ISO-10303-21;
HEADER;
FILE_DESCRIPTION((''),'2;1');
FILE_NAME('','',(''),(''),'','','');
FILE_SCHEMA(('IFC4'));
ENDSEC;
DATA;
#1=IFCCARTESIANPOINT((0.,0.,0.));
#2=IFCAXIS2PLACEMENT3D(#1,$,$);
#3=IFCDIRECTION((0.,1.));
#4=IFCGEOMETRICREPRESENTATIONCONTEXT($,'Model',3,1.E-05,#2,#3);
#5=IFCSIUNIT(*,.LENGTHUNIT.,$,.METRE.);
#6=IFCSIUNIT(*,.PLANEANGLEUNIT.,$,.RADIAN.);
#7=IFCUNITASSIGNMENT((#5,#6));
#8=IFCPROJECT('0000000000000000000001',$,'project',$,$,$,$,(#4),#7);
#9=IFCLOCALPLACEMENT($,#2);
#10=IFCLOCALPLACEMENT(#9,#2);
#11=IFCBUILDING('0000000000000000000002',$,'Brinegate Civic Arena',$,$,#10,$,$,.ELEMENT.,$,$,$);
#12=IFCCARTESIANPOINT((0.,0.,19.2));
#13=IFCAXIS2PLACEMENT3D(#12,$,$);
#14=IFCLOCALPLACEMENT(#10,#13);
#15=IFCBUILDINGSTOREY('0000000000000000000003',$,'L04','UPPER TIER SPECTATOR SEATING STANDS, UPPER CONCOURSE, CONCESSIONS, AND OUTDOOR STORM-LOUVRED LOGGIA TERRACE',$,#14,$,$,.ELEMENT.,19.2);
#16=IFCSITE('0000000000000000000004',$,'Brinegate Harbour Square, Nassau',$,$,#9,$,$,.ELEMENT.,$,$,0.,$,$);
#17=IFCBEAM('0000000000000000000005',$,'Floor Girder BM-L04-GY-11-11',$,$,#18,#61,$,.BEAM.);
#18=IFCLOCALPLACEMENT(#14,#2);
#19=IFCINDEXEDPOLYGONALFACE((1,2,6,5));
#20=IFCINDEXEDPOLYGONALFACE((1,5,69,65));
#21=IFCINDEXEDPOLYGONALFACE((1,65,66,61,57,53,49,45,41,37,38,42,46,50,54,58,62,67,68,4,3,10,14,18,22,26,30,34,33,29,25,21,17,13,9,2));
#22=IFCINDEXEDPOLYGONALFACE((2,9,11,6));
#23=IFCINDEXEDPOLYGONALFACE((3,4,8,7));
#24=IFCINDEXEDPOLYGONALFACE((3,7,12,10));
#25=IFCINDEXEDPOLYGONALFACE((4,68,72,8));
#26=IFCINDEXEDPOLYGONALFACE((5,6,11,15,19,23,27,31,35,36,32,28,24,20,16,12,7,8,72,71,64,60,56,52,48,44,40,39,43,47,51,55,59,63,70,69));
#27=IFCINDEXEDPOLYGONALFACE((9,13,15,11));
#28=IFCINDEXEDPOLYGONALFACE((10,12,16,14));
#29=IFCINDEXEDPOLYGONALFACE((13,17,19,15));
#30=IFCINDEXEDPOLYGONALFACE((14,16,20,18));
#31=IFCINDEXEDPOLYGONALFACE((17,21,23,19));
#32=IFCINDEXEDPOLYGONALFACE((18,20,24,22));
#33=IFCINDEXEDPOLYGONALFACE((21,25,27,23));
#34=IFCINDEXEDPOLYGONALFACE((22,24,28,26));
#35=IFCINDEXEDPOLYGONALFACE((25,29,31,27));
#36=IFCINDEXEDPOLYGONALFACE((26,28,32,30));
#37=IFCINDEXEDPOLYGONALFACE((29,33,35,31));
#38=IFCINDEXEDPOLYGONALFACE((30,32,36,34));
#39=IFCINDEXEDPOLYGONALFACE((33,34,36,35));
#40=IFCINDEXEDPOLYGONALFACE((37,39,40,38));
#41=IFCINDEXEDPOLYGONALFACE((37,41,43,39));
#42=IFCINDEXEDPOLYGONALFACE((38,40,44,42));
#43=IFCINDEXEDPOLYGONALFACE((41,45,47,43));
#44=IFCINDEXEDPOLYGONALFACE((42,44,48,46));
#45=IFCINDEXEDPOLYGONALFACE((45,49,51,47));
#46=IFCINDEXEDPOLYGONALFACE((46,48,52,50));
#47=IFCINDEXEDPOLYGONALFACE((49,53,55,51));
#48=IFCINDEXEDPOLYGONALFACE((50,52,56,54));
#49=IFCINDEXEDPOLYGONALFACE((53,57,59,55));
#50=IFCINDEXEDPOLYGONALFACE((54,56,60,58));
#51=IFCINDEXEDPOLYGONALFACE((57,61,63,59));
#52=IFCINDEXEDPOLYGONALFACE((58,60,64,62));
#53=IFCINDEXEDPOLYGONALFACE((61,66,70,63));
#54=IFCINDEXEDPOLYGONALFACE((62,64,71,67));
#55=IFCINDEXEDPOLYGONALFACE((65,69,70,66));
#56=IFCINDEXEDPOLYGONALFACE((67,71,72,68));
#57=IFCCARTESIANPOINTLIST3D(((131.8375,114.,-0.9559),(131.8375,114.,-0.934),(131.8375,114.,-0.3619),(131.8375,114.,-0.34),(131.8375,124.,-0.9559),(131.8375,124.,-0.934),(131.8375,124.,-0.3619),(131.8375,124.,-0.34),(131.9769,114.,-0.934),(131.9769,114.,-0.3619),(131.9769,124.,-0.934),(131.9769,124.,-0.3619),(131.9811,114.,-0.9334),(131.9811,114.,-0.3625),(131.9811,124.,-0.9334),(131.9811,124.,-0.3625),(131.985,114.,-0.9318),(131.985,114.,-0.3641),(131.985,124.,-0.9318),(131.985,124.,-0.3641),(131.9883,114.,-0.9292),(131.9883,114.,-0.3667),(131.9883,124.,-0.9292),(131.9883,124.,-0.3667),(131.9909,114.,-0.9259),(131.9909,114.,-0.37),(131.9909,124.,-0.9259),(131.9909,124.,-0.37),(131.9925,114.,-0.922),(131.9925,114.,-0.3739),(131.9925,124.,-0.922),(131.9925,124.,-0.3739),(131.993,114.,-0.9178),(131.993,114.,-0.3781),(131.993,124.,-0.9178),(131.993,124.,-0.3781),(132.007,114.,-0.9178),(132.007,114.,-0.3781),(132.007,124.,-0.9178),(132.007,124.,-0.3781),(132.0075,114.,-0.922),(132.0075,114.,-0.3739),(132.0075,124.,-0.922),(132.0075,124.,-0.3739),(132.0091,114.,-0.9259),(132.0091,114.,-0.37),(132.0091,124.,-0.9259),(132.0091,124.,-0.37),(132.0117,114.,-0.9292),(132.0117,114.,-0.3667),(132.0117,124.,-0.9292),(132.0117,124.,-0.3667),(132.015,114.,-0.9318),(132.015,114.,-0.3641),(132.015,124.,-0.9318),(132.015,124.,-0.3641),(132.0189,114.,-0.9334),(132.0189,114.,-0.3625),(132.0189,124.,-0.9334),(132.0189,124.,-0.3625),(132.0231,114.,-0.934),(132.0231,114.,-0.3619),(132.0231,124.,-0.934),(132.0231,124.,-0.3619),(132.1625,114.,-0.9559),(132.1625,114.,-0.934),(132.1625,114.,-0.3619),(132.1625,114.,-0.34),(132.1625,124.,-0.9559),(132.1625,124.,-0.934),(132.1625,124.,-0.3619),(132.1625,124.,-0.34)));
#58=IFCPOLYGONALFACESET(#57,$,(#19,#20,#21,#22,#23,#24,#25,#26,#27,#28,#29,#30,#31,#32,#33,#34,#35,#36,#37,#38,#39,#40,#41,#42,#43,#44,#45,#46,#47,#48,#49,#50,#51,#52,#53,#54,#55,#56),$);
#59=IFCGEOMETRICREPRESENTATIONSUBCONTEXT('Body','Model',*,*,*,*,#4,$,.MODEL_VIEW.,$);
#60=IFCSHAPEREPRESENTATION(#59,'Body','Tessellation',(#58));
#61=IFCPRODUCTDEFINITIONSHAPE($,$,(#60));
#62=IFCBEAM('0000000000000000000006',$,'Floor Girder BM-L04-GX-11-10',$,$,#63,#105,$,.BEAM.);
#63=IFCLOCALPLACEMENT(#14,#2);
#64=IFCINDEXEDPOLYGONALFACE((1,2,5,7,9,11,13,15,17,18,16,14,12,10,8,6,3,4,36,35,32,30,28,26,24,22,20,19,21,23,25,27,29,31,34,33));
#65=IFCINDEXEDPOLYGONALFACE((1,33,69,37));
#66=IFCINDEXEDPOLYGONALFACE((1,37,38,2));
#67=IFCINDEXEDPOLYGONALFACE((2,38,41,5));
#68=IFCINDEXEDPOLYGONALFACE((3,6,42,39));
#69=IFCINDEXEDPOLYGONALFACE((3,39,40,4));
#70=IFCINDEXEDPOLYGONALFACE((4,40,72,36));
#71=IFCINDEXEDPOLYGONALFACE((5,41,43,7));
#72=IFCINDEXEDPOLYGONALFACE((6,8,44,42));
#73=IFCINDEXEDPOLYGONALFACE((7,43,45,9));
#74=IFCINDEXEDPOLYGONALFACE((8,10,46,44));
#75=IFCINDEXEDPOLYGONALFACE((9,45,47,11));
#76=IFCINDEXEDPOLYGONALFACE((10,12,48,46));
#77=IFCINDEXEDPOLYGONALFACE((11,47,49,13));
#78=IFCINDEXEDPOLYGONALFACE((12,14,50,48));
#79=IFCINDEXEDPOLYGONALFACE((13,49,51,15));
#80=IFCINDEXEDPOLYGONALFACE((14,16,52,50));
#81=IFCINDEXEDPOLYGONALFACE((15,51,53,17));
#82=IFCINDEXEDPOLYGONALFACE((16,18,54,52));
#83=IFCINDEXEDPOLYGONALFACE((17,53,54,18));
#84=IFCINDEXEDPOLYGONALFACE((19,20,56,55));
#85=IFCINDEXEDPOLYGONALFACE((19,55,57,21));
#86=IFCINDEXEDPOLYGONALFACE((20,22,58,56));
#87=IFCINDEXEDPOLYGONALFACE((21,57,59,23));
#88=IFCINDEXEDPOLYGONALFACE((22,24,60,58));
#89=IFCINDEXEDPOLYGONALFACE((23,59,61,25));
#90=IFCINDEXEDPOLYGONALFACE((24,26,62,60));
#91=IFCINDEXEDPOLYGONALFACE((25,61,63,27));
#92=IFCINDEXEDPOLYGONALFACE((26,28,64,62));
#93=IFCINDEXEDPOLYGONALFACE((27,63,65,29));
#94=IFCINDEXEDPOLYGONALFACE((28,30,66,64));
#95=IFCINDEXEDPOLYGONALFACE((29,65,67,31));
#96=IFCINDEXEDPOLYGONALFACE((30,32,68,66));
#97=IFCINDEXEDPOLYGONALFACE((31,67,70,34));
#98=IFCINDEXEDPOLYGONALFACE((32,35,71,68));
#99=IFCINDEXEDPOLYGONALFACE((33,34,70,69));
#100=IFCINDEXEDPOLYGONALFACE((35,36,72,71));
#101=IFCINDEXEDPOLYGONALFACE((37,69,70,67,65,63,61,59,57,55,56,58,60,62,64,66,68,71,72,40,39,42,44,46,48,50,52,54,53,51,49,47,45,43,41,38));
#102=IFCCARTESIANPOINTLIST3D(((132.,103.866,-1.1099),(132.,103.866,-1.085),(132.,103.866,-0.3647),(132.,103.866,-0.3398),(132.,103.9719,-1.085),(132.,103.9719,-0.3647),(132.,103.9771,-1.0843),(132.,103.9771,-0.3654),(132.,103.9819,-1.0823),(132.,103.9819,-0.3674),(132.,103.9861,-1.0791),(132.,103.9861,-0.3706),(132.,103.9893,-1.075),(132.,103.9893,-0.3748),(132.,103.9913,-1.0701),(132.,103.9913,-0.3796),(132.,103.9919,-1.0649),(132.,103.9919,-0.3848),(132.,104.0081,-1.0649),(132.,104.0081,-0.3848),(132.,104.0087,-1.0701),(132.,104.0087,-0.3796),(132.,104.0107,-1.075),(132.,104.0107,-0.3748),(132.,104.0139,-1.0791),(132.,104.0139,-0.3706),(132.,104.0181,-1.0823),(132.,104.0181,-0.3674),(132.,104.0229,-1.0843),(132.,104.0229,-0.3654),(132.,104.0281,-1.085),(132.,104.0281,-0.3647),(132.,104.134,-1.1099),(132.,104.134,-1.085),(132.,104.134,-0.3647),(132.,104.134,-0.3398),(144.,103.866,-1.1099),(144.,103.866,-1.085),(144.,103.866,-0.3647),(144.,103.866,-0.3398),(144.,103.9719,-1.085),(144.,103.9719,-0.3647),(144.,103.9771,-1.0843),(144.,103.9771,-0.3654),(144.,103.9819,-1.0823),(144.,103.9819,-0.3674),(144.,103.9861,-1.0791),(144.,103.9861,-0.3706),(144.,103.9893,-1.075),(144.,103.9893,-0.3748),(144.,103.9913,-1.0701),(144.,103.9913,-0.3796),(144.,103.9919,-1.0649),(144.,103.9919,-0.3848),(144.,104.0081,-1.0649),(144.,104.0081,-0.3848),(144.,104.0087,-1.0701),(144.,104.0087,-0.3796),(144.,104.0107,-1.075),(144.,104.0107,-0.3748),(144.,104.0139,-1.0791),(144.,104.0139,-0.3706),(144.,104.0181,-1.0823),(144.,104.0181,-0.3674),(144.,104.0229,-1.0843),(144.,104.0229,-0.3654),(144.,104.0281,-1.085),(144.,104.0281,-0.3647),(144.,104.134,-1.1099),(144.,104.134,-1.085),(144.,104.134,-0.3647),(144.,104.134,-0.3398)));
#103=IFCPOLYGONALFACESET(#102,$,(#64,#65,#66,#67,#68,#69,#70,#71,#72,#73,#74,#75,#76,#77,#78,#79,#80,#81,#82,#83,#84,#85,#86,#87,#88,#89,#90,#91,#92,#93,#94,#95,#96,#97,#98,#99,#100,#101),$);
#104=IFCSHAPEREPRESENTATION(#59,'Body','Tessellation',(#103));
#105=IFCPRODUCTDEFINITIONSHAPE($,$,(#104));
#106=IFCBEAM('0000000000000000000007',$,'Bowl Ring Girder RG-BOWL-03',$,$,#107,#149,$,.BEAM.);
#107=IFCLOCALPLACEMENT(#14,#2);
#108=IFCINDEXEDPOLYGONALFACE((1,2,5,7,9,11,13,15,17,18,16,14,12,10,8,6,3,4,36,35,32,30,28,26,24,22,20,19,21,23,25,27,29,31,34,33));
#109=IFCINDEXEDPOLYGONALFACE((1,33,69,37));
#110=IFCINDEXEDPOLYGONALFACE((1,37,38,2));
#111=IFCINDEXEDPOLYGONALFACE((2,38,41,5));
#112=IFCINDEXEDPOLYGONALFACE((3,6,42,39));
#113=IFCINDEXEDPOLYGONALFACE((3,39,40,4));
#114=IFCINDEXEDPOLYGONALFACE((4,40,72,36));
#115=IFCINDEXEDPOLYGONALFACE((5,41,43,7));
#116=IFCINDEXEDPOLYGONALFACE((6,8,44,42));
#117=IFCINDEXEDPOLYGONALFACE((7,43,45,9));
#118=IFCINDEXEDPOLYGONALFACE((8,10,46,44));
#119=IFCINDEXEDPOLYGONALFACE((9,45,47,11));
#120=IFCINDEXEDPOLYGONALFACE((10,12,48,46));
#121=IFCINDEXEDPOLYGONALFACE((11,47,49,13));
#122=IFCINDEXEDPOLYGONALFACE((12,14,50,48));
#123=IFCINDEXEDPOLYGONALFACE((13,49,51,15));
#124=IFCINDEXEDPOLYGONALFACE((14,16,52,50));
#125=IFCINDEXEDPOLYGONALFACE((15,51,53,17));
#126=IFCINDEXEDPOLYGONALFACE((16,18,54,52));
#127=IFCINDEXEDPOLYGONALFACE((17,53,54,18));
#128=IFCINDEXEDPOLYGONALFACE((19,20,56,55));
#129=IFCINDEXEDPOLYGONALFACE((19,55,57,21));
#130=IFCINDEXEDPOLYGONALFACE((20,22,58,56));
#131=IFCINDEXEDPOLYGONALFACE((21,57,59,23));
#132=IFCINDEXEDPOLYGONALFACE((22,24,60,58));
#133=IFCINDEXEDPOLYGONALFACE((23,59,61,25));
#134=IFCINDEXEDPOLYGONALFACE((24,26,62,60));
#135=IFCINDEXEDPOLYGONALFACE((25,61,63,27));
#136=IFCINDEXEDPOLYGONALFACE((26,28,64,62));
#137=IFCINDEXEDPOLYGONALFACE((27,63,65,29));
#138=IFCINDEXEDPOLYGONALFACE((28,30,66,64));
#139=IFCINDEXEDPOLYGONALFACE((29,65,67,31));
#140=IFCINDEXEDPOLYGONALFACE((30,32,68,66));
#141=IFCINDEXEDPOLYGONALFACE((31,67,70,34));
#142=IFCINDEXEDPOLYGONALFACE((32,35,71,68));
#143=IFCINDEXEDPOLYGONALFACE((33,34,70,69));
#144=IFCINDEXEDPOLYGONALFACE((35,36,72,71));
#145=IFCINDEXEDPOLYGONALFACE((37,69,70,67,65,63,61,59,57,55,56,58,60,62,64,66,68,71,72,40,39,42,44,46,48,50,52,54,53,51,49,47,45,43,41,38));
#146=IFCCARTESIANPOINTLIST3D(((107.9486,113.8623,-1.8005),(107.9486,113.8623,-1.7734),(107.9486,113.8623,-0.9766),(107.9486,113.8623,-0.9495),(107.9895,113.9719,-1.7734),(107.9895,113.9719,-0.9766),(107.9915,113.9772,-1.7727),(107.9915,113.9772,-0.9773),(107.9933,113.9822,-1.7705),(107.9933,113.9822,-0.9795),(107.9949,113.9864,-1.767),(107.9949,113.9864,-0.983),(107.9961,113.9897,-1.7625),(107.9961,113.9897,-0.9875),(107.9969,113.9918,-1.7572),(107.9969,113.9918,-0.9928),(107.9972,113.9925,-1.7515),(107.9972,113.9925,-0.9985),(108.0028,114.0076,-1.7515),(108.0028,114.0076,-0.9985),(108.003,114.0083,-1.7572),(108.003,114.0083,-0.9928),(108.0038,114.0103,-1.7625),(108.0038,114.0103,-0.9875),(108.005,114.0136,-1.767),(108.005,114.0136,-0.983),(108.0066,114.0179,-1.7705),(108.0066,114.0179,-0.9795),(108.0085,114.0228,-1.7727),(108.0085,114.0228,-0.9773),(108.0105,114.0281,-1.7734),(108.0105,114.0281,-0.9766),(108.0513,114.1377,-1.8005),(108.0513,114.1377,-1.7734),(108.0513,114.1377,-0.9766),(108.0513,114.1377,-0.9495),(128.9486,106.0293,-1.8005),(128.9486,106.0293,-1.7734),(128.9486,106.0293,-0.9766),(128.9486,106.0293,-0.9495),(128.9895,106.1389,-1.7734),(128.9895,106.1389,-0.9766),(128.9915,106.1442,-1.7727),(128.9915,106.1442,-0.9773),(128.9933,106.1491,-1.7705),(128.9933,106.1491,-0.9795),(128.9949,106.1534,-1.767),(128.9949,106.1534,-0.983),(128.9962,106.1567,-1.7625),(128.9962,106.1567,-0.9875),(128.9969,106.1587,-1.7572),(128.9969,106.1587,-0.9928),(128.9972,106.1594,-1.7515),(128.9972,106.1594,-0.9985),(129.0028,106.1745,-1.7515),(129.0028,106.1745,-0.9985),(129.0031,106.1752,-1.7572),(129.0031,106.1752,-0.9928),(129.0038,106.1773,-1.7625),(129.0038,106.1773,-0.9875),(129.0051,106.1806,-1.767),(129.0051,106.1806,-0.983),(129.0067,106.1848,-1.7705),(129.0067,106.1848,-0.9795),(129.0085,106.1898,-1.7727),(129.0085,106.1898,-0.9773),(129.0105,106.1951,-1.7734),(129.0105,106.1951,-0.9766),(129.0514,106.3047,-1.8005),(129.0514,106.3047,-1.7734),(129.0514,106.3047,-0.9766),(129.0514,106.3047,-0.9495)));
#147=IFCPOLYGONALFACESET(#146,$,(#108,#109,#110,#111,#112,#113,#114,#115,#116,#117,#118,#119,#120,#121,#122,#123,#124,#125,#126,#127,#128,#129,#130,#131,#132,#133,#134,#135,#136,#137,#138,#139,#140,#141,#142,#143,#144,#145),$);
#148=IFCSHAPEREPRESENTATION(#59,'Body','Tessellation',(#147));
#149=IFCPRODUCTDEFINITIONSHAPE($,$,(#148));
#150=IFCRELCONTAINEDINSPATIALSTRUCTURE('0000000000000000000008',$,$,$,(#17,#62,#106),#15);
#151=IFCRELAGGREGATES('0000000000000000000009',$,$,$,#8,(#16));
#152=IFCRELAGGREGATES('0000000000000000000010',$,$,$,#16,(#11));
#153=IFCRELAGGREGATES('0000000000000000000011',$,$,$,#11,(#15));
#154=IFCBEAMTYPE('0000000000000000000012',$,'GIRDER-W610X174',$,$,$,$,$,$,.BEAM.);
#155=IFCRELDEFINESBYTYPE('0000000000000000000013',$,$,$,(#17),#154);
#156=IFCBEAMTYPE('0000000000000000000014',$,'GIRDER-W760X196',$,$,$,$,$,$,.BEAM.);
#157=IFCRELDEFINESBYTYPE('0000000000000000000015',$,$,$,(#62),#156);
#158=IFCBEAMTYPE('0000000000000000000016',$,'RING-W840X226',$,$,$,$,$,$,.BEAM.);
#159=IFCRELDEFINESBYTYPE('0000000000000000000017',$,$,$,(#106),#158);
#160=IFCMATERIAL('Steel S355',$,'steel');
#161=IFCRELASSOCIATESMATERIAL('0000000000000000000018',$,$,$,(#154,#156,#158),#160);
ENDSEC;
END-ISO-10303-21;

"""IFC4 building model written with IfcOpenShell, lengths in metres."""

from ifc_helpers import new_model, si_unit, direction, frame, origin, origin_2d, place, context, subcontext, project, spatial, i_section, extrude, material, material_profile, profile_set, type_object, element, save


model = new_model("IFC4")

# Units and contexts
model_context = context("Model", 3, precision=1e-05, world=origin(), true_north=direction((0.0, 1.0)))
body_context = subcontext(model_context, "Body", "Model", "MODEL_VIEW")
ifc_project = project(units=[si_unit("LENGTHUNIT", "METRE"), si_unit("PLANEANGLEUNIT", "RADIAN")], contexts=[model_context])

# Site, building, storey
site_placement = place(None, origin())
site = spatial("IfcSite", under=ifc_project, at=site_placement, Name="Brinegate Harbour Square, Nassau", CompositionType="ELEMENT", RefElevation=0.0)
building_placement = place(site_placement, origin())
building = spatial("IfcBuilding", under=site, at=building_placement, Name="Brinegate Civic Arena", CompositionType="ELEMENT")
storey_placement = place(building_placement, frame((0.0, 0.0, 19.2)))
storey = spatial("IfcBuildingStorey", under=building, at=storey_placement, Name="L04", Description="UPPER TIER SPECTATOR SEATING STANDS, UPPER CONCOURSE, CONCESSIONS, AND OUTDOOR STORM-LOUVRED LOGGIA TERRACE", CompositionType="ELEMENT", Elevation=19.2)

# Beams
ifc_material_1 = material(Name="Steel S355", Category="steel")
ifc_material_profile_1 = material_profile(ifc_material_1, i_section(OverallWidth=0.325, OverallDepth=0.616, WebThickness=0.0139, FlangeThickness=0.022, FilletRadius=0.0161, at=origin_2d()), Name="W610X174")
ifc_profile_set_1 = profile_set([ifc_material_profile_1], Name="Steel S355")
beam_type_1 = type_object("IfcBeamType", Name="GIRDER-W610X174", PredefinedType="BEAM", material=ifc_profile_set_1)
beam_1_placement = place(storey_placement, frame((132.0, 114.0, -0.6479), z_axis=(0.0, 1.0, 0.0), x_axis=(-1.0, 0.0, 0.0)))
element("IfcBeam", 1, at=beam_1_placement, inside=storey, type_object=beam_type_1, Name="Floor Girder BM-L04-GY-11-11", PredefinedType="BEAM", context=body_context, shape_type="SweptSolid", body=[
    extrude(i_section(OverallWidth=0.325, OverallDepth=0.616, WebThickness=0.0139, FlangeThickness=0.022, FilletRadius=0.0161, at=origin_2d()), origin(), (0.0, 0.0, 1.0), 10.0),
])
ifc_material_profile_2 = material_profile(ifc_material_1, i_section(OverallWidth=0.2681, OverallDepth=0.77, WebThickness=0.0161, FlangeThickness=0.0249, FilletRadius=0.02, at=origin_2d()), Name="W760X196")
ifc_profile_set_2 = profile_set([ifc_material_profile_2], Name="Steel S355")
beam_type_2 = type_object("IfcBeamType", Name="GIRDER-W760X196", PredefinedType="BEAM", material=ifc_profile_set_2)
beam_2_placement = place(storey_placement, frame((132.0, 104.0, -0.7249), z_axis=(1.0, 0.0, 0.0), x_axis=(0.0, 1.0, 0.0)))
element("IfcBeam", 2, at=beam_2_placement, inside=storey, type_object=beam_type_2, Name="Floor Girder BM-L04-GX-11-10", PredefinedType="BEAM", context=body_context, shape_type="SweptSolid", body=[
    extrude(i_section(OverallWidth=0.2681, OverallDepth=0.77, WebThickness=0.0161, FlangeThickness=0.0249, FilletRadius=0.02, at=origin_2d()), origin(), (0.0, 0.0, 1.0), 12.0),
])
ifc_material_profile_3 = material_profile(ifc_material_1, i_section(OverallWidth=0.2939, OverallDepth=0.8511, WebThickness=0.0161, FlangeThickness=0.0271, FilletRadius=0.022, at=origin_2d()), Name="W840X226")
ifc_profile_set_3 = profile_set([ifc_material_profile_3], Name="Steel S355")
beam_type_3 = type_object("IfcBeamType", Name="RING-W840X226", PredefinedType="BEAM", material=ifc_profile_set_3)
beam_3_placement = place(storey_placement, frame((129.0, 106.167, -1.375), z_axis=(-0.936944, 0.34948, 0.0), x_axis=(-0.34948, -0.936944, 0.0)))
element("IfcBeam", 3, at=beam_3_placement, inside=storey, type_object=beam_type_3, Name="Bowl Ring Girder RG-BOWL-03", PredefinedType="BEAM", context=body_context, shape_type="SweptSolid", body=[
    extrude(i_section(OverallWidth=0.2939, OverallDepth=0.8511, WebThickness=0.0161, FlangeThickness=0.0271, FilletRadius=0.022, at=origin_2d()), origin(), (0.0, 0.0, 1.0), 22.4133),
])

save(model, "model.ifc")
